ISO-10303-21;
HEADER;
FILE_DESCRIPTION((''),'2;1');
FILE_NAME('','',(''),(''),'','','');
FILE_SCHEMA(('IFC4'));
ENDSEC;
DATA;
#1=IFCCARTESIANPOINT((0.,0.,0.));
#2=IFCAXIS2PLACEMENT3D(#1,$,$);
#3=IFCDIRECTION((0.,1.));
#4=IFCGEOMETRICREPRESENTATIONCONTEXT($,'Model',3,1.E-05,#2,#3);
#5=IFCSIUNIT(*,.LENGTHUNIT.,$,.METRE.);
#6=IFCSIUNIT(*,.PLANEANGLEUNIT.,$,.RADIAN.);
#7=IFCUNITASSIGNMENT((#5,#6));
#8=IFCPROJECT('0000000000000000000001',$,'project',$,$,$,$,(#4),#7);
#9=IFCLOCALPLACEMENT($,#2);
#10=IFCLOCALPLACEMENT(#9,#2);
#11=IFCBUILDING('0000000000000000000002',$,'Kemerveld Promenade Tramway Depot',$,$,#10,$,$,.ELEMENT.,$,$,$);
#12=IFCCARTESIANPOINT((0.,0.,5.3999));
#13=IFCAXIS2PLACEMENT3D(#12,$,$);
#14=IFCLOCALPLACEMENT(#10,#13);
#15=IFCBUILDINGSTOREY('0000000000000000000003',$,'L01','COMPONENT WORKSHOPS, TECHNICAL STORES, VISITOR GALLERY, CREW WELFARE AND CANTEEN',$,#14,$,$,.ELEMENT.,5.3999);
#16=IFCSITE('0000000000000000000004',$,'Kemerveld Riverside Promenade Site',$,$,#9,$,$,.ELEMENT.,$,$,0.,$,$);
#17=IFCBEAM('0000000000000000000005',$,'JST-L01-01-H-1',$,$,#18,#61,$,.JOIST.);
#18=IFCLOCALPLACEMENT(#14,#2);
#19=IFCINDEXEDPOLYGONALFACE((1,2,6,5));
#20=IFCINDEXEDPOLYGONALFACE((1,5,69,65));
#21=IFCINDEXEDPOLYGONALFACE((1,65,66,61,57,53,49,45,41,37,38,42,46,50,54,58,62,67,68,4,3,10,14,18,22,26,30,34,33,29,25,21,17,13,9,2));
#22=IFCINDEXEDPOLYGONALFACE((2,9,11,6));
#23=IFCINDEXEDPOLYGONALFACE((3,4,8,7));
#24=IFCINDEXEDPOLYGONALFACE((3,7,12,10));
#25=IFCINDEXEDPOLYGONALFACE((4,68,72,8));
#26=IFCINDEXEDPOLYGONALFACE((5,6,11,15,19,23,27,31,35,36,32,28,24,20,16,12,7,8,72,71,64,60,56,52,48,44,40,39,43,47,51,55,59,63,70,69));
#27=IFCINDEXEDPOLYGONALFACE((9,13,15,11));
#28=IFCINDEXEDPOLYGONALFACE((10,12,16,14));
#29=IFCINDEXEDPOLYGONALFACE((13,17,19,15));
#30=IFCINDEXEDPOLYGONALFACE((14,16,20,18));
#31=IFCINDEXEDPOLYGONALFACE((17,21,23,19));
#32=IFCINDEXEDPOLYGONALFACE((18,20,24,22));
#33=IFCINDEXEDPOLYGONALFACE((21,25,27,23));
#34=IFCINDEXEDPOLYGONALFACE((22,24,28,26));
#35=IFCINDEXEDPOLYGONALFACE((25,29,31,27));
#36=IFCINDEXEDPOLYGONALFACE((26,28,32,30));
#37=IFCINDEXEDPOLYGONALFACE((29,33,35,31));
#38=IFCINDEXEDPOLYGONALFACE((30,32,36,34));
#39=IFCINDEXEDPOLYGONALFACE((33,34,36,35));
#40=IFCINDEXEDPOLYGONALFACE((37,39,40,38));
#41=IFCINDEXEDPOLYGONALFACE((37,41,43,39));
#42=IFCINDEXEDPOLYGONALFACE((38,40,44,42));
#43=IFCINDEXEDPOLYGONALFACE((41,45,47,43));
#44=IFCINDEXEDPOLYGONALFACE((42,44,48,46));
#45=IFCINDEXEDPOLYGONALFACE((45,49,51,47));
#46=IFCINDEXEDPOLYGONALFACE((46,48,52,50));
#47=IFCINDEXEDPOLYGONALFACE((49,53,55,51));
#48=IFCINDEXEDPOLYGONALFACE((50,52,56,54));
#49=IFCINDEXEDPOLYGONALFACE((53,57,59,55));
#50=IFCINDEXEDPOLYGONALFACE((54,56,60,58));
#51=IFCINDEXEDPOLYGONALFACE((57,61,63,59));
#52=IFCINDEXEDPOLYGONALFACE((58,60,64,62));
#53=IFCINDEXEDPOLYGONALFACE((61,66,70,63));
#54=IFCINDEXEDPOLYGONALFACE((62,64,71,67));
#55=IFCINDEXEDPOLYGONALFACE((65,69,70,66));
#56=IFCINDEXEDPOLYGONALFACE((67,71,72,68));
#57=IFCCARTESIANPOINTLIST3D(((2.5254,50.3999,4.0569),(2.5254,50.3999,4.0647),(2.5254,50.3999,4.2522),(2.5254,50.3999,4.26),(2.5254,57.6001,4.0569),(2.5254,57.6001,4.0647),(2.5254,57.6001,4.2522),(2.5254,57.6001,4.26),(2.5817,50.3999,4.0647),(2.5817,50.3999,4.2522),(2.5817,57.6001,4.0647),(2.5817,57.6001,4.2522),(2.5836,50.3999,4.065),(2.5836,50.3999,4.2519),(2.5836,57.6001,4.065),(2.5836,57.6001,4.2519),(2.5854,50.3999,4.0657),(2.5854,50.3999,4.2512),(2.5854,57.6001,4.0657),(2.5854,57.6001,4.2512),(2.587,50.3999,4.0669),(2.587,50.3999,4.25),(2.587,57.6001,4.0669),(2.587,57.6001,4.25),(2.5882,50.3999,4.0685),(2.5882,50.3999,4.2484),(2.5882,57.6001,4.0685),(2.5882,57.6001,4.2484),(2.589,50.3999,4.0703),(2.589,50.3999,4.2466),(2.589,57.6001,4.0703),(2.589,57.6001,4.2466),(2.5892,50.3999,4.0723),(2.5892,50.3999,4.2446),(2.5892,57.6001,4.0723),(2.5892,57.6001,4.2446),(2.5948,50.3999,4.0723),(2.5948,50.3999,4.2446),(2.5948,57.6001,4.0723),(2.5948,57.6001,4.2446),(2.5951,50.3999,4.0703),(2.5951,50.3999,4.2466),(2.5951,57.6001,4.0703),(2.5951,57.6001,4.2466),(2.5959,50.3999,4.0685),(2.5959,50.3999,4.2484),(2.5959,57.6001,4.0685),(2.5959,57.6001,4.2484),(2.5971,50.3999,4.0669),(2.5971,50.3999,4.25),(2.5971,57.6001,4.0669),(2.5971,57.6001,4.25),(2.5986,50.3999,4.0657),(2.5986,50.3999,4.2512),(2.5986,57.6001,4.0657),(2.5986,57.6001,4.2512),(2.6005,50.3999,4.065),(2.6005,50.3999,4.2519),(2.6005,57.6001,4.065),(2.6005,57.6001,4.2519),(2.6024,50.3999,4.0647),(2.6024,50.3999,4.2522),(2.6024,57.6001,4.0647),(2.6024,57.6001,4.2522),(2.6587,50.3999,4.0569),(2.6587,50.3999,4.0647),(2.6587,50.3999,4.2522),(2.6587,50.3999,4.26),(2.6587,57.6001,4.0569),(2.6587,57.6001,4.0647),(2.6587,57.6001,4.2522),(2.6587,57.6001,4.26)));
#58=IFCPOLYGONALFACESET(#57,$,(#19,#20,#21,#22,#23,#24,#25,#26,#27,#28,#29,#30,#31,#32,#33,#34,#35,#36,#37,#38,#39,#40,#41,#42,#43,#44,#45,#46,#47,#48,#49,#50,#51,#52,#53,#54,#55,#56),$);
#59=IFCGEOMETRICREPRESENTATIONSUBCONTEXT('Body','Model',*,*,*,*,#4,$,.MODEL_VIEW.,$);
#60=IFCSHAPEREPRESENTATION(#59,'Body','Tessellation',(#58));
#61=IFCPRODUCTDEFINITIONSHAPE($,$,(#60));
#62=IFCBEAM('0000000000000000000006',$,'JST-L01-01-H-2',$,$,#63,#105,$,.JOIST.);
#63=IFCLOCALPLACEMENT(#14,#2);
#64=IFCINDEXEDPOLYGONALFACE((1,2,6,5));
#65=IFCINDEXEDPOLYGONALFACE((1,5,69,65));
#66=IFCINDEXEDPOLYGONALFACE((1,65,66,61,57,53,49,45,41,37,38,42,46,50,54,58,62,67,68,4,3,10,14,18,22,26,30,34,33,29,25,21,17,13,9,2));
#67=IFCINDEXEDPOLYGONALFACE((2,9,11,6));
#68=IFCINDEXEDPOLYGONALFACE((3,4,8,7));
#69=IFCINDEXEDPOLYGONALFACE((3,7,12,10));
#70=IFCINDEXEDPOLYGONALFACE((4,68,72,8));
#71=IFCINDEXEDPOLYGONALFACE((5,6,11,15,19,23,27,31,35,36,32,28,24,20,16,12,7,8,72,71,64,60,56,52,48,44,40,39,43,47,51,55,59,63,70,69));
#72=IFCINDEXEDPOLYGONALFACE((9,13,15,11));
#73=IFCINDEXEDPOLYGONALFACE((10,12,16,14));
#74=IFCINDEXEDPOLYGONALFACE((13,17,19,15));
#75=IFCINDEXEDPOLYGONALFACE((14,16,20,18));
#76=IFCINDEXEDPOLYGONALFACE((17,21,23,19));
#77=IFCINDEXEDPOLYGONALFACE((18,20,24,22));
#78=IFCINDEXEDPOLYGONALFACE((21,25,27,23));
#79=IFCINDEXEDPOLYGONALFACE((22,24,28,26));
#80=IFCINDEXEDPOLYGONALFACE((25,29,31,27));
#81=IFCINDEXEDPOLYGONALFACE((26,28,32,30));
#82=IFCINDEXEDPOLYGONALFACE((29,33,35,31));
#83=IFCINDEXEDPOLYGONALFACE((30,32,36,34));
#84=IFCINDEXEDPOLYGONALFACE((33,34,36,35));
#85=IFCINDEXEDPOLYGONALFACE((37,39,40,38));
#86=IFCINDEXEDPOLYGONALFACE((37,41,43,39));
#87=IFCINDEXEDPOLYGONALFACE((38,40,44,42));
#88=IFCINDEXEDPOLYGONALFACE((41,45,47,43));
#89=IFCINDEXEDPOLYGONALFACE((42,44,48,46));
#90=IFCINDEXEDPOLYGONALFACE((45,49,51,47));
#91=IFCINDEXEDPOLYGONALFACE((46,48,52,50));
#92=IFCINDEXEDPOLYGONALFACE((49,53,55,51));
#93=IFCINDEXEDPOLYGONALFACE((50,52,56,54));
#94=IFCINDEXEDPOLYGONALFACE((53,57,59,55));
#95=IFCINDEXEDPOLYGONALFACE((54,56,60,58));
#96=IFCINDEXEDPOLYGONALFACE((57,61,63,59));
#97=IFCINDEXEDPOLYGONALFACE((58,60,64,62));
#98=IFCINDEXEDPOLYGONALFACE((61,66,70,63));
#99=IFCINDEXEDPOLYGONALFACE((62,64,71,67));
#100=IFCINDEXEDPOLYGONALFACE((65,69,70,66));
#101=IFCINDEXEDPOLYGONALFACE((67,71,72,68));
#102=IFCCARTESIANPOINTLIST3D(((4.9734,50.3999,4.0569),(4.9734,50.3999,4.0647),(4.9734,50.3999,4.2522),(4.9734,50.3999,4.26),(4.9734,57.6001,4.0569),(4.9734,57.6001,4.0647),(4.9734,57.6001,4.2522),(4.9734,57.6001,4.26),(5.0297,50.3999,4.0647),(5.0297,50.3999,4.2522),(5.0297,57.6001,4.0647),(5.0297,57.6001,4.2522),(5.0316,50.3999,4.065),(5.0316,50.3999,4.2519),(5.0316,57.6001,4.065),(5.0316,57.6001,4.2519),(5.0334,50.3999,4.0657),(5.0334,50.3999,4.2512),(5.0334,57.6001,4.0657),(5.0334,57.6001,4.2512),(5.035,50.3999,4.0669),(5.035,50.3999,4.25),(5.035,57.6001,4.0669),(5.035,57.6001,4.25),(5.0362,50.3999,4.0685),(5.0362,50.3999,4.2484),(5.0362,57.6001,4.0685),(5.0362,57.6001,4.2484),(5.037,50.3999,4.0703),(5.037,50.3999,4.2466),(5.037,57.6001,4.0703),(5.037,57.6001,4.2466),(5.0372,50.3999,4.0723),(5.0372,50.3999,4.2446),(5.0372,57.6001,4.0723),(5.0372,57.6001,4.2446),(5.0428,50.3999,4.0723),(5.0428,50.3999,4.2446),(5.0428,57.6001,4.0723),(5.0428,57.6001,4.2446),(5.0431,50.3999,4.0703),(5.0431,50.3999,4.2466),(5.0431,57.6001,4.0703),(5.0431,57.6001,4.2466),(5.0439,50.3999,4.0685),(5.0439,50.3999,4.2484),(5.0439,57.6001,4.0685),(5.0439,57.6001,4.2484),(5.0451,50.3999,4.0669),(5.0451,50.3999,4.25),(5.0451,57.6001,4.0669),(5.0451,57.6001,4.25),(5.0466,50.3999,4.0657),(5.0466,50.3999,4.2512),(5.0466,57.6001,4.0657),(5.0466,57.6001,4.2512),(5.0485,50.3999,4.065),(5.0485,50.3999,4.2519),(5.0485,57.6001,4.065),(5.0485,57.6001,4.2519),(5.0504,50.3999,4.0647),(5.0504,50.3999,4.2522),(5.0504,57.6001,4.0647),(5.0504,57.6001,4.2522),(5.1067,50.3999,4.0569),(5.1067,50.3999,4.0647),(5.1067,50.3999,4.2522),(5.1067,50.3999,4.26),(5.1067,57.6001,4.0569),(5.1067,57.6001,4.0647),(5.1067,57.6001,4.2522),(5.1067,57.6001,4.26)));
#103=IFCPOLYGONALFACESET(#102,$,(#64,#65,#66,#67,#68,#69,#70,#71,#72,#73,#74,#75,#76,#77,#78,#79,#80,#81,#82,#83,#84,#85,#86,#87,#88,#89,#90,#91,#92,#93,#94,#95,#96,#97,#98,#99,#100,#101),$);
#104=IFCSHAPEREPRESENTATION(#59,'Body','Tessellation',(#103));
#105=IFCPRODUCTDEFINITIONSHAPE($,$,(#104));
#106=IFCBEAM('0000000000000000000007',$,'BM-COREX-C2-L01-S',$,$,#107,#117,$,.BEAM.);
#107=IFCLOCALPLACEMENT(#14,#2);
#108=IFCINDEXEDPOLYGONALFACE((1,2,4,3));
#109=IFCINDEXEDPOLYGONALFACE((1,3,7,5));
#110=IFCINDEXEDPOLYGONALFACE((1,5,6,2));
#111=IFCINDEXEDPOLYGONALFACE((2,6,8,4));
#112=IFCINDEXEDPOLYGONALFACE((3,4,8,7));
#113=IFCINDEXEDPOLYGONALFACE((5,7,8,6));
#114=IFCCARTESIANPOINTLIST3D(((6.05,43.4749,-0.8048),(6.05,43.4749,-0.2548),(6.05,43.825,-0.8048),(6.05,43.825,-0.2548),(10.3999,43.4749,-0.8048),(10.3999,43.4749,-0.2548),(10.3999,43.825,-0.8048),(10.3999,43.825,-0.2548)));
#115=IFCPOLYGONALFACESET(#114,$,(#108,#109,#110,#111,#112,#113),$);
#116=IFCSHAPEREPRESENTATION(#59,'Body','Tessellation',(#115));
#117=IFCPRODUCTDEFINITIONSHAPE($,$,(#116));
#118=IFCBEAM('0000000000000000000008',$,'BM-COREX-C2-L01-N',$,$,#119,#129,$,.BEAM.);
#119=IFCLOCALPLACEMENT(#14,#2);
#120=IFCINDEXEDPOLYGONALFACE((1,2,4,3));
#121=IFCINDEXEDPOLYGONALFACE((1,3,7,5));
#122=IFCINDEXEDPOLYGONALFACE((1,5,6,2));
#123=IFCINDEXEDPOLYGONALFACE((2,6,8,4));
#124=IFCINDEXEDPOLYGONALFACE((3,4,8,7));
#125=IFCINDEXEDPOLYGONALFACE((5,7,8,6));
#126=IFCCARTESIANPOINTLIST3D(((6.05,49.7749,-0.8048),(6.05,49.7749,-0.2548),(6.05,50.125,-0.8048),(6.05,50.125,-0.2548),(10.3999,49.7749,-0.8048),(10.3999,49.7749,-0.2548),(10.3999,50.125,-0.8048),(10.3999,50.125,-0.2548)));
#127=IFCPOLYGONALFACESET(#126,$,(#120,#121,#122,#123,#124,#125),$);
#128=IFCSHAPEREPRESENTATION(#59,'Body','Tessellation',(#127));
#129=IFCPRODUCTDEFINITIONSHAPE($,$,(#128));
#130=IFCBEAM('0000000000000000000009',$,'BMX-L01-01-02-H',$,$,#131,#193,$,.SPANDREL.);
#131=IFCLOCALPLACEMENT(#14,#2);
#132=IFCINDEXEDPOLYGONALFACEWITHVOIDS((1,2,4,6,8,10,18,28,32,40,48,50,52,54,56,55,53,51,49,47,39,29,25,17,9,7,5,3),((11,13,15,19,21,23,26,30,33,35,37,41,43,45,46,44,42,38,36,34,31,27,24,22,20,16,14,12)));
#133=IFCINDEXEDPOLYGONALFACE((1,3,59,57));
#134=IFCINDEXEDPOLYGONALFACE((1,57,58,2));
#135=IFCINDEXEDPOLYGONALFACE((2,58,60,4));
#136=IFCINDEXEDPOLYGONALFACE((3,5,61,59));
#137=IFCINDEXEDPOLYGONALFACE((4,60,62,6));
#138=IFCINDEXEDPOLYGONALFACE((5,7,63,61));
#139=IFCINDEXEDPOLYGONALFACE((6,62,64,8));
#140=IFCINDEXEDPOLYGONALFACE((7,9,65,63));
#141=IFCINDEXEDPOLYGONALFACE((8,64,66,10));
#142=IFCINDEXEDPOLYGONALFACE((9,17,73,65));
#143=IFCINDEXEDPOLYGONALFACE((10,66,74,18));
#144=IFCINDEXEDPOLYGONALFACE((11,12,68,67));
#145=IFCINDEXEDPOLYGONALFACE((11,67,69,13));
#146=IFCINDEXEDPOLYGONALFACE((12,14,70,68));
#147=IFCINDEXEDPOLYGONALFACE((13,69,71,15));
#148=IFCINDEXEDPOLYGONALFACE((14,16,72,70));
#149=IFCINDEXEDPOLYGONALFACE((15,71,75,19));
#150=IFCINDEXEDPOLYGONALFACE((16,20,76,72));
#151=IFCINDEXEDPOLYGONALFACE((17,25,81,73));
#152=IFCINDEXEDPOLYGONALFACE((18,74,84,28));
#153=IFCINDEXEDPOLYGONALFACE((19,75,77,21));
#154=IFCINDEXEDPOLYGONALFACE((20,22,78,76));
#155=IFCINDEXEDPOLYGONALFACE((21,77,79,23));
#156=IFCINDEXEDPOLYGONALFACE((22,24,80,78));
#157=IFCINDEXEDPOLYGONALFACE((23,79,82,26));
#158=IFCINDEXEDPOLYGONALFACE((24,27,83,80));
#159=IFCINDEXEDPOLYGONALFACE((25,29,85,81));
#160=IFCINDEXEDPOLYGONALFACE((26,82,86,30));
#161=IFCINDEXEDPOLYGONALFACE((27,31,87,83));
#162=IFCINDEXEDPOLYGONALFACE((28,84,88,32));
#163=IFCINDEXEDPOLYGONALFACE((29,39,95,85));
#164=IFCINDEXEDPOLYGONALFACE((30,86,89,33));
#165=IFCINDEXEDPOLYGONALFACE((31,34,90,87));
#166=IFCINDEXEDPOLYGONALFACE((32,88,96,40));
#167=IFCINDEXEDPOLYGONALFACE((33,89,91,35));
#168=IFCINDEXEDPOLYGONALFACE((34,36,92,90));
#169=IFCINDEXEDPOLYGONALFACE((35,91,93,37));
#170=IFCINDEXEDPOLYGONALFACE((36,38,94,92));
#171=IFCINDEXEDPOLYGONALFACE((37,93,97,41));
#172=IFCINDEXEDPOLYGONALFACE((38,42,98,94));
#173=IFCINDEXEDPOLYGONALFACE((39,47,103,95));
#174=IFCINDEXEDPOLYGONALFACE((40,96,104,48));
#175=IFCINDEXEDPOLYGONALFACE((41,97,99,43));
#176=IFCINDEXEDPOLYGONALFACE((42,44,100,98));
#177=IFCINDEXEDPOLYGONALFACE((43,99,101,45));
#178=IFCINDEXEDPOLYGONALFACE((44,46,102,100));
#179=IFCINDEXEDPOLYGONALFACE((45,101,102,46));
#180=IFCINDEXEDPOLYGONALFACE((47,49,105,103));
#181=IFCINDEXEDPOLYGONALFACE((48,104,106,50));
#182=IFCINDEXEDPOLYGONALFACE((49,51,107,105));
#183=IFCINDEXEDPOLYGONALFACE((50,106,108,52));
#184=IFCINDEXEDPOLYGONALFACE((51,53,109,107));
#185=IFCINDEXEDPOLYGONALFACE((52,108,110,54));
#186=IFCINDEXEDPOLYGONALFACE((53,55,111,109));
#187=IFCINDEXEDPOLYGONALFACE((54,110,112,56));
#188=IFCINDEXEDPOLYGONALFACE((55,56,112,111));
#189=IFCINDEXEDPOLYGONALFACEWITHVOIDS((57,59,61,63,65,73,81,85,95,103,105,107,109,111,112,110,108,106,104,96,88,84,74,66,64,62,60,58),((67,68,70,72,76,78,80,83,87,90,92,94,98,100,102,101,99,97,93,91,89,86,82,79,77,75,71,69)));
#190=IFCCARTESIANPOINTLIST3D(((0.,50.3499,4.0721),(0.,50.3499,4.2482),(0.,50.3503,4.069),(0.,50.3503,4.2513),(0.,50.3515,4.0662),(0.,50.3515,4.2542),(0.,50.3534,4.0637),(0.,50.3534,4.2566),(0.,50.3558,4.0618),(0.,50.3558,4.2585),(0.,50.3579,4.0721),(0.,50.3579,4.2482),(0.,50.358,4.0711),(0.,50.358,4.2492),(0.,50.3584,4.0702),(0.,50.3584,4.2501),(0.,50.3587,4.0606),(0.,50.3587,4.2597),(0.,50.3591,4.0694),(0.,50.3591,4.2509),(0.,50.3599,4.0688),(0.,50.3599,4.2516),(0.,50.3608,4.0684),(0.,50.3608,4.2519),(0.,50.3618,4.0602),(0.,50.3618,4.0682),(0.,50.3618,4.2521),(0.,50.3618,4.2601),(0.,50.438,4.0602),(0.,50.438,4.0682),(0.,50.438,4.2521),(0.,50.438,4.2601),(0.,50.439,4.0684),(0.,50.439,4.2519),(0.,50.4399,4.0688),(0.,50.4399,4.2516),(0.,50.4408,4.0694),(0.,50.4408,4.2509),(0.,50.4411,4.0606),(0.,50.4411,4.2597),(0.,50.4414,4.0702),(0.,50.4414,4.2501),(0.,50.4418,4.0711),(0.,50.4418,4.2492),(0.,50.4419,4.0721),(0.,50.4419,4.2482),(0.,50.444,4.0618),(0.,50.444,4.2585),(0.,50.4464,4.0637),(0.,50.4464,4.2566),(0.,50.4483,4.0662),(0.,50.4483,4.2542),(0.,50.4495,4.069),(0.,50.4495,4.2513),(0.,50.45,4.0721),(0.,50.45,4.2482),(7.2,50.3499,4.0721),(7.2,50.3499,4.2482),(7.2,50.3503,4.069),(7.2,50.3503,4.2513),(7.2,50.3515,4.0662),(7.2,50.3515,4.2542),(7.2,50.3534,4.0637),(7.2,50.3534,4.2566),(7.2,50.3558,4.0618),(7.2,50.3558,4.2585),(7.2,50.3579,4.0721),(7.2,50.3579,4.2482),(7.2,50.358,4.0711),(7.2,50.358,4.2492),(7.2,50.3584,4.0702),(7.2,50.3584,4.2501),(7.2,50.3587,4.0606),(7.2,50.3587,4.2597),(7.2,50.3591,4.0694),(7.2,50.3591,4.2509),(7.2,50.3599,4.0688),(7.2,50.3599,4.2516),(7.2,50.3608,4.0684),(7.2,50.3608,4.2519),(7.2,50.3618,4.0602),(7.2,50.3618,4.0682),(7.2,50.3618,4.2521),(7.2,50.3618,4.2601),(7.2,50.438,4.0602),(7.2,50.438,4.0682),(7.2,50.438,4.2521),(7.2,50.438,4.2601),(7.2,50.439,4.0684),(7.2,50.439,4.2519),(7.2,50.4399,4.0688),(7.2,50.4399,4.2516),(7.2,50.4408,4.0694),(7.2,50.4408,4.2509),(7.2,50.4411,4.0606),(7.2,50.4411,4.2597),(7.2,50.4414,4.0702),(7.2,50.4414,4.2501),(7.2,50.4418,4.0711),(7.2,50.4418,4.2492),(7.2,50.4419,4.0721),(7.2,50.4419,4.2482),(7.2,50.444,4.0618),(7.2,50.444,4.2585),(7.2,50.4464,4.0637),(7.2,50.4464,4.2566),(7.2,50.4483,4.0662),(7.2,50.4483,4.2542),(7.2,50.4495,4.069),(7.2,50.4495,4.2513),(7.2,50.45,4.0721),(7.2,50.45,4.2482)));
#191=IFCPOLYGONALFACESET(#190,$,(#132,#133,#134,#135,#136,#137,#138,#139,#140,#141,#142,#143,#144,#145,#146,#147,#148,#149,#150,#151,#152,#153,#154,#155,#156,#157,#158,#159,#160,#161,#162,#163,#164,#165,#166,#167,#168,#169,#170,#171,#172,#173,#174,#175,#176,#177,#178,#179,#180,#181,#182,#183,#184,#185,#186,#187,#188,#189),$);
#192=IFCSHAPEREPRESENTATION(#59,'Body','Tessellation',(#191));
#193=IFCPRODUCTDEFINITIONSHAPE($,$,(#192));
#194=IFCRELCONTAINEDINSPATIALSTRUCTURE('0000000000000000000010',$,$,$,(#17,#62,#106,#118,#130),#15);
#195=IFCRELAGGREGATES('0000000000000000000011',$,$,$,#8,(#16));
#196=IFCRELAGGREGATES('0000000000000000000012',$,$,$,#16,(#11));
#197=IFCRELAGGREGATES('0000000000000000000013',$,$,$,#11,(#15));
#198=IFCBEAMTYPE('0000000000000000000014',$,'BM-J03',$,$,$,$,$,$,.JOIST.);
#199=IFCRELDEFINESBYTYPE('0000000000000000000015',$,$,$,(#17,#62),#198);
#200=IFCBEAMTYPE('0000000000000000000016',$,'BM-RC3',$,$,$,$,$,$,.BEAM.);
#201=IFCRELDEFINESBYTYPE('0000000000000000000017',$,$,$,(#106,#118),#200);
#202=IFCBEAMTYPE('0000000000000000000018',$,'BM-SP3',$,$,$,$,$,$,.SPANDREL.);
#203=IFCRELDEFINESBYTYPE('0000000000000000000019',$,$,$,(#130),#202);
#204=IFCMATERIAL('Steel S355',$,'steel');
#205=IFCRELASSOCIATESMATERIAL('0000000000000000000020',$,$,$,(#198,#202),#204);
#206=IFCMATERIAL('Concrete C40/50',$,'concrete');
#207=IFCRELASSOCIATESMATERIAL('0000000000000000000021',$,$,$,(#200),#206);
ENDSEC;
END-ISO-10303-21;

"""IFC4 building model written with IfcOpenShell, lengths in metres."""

from ifc_helpers import new_model, si_unit, direction, frame, origin, origin_2d, place, context, subcontext, project, spatial, rectangle, hollow_rectangle, i_section, extrude, material, material_profile, profile_set, type_object, element, save


model = new_model("IFC4")

# Units and contexts
model_context = context("Model", 3, precision=1e-05, world=origin(), true_north=direction((0.0, 1.0)))
body_context = subcontext(model_context, "Body", "Model", "MODEL_VIEW")
ifc_project = project(units=[si_unit("LENGTHUNIT", "METRE"), si_unit("PLANEANGLEUNIT", "RADIAN")], contexts=[model_context])

# Site, building, storey
site_placement = place(None, origin())
site = spatial("IfcSite", under=ifc_project, at=site_placement, Name="Kemerveld Riverside Promenade Site", CompositionType="ELEMENT", RefElevation=0.0)
building_placement = place(site_placement, origin())
building = spatial("IfcBuilding", under=site, at=building_placement, Name="Kemerveld Promenade Tramway Depot", CompositionType="ELEMENT")
storey_placement = place(building_placement, frame((0.0, 0.0, 5.3999)))
storey = spatial("IfcBuildingStorey", under=building, at=storey_placement, Name="L01", Description="COMPONENT WORKSHOPS, TECHNICAL STORES, VISITOR GALLERY, CREW WELFARE AND CANTEEN", CompositionType="ELEMENT", Elevation=5.3999)

# Shared definitions
ifc_material_1 = material(Name="Steel S355", Category="steel")

# Beams
ifc_material_profile_1 = material_profile(ifc_material_1, i_section(OverallWidth=0.1333, OverallDepth=0.2031, WebThickness=0.0056, FlangeThickness=0.0078, FilletRadius=0.0076, at=origin_2d()), Name="203x133x25 UB")
ifc_profile_set_1 = profile_set([ifc_material_profile_1], Name="Steel S355")
beam_type_1 = type_object("IfcBeamType", Name="BM-J03", PredefinedType="JOIST", material=ifc_profile_set_1)
for number, where, z_axis, x_axis, name in (
    (1, (2.592, 50.3999, 4.1584), (0.0, 1.0, 0.0), (-1.0, 0.0, 0.0), "JST-L01-01-H-1"),
    (2, (5.04, 50.3999, 4.1584), (0.0, 1.0, 0.0), (-1.0, 0.0, 0.0), "JST-L01-01-H-2"),
):
    element("IfcBeam", number, at=place(storey_placement, frame(where, z_axis=z_axis, x_axis=x_axis)), inside=storey, type_object=beam_type_1, Name=name, PredefinedType="JOIST", context=body_context, shape_type="SweptSolid", body=[
        extrude(i_section(OverallWidth=0.1333, OverallDepth=0.2031, WebThickness=0.0056, FlangeThickness=0.0078, FilletRadius=0.0076, at=origin_2d()), origin(), (0.0, 0.0, 1.0), 7.2002),
    ])
ifc_material_2 = material(Name="Concrete C40/50", Category="concrete")
ifc_material_profile_2 = material_profile(ifc_material_2, rectangle(XDim=0.3501, YDim=0.55, at=origin_2d()), Name="RC-BM-350x550")
ifc_profile_set_2 = profile_set([ifc_material_profile_2], Name="Concrete C40/50")
beam_type_2 = type_object("IfcBeamType", Name="BM-RC3", PredefinedType="BEAM", material=ifc_profile_set_2)
for number, where, z_axis, x_axis, name in (
    (3, (6.05, 43.6499, -0.5298), (1.0, 0.0, 0.0), (0.0, 1.0, 0.0), "BM-COREX-C2-L01-S"),
    (4, (6.05, 49.95, -0.5298), (1.0, 0.0, 0.0), (0.0, 1.0, 0.0), "BM-COREX-C2-L01-N"),
):
    element("IfcBeam", number, at=place(storey_placement, frame(where, z_axis=z_axis, x_axis=x_axis)), inside=storey, type_object=beam_type_2, Name=name, PredefinedType="BEAM", context=body_context, shape_type="SweptSolid", body=[
        extrude(rectangle(XDim=0.3501, YDim=0.55, at=origin_2d()), origin(), (0.0, 0.0, 1.0), 4.3499),
    ])
ifc_material_profile_3 = material_profile(ifc_material_1, hollow_rectangle(XDim=0.1001, YDim=0.2, WallThickness=0.0081, InnerFilletRadius=0.0039, OuterFilletRadius=0.012, at=origin_2d()), Name="200x100x8.0 RHS")
ifc_profile_set_3 = profile_set([ifc_material_profile_3], Name="Steel S355")
beam_type_3 = type_object("IfcBeamType", Name="BM-SP3", PredefinedType="SPANDREL", material=ifc_profile_set_3)
beam_1_placement = place(storey_placement, frame((0.0, 50.3999, 4.1602), z_axis=(1.0, 0.0, 0.0), x_axis=(0.0, 1.0, 0.0)))
element("IfcBeam", 5, at=beam_1_placement, inside=storey, type_object=beam_type_3, Name="BMX-L01-01-02-H", PredefinedType="SPANDREL", context=body_context, shape_type="SweptSolid", body=[
    extrude(hollow_rectangle(XDim=0.1001, YDim=0.2, WallThickness=0.0081, InnerFilletRadius=0.0039, OuterFilletRadius=0.012, at=origin_2d()), origin(), (0.0, 0.0, 1.0), 7.2),
])

save(model, "model.ifc")
